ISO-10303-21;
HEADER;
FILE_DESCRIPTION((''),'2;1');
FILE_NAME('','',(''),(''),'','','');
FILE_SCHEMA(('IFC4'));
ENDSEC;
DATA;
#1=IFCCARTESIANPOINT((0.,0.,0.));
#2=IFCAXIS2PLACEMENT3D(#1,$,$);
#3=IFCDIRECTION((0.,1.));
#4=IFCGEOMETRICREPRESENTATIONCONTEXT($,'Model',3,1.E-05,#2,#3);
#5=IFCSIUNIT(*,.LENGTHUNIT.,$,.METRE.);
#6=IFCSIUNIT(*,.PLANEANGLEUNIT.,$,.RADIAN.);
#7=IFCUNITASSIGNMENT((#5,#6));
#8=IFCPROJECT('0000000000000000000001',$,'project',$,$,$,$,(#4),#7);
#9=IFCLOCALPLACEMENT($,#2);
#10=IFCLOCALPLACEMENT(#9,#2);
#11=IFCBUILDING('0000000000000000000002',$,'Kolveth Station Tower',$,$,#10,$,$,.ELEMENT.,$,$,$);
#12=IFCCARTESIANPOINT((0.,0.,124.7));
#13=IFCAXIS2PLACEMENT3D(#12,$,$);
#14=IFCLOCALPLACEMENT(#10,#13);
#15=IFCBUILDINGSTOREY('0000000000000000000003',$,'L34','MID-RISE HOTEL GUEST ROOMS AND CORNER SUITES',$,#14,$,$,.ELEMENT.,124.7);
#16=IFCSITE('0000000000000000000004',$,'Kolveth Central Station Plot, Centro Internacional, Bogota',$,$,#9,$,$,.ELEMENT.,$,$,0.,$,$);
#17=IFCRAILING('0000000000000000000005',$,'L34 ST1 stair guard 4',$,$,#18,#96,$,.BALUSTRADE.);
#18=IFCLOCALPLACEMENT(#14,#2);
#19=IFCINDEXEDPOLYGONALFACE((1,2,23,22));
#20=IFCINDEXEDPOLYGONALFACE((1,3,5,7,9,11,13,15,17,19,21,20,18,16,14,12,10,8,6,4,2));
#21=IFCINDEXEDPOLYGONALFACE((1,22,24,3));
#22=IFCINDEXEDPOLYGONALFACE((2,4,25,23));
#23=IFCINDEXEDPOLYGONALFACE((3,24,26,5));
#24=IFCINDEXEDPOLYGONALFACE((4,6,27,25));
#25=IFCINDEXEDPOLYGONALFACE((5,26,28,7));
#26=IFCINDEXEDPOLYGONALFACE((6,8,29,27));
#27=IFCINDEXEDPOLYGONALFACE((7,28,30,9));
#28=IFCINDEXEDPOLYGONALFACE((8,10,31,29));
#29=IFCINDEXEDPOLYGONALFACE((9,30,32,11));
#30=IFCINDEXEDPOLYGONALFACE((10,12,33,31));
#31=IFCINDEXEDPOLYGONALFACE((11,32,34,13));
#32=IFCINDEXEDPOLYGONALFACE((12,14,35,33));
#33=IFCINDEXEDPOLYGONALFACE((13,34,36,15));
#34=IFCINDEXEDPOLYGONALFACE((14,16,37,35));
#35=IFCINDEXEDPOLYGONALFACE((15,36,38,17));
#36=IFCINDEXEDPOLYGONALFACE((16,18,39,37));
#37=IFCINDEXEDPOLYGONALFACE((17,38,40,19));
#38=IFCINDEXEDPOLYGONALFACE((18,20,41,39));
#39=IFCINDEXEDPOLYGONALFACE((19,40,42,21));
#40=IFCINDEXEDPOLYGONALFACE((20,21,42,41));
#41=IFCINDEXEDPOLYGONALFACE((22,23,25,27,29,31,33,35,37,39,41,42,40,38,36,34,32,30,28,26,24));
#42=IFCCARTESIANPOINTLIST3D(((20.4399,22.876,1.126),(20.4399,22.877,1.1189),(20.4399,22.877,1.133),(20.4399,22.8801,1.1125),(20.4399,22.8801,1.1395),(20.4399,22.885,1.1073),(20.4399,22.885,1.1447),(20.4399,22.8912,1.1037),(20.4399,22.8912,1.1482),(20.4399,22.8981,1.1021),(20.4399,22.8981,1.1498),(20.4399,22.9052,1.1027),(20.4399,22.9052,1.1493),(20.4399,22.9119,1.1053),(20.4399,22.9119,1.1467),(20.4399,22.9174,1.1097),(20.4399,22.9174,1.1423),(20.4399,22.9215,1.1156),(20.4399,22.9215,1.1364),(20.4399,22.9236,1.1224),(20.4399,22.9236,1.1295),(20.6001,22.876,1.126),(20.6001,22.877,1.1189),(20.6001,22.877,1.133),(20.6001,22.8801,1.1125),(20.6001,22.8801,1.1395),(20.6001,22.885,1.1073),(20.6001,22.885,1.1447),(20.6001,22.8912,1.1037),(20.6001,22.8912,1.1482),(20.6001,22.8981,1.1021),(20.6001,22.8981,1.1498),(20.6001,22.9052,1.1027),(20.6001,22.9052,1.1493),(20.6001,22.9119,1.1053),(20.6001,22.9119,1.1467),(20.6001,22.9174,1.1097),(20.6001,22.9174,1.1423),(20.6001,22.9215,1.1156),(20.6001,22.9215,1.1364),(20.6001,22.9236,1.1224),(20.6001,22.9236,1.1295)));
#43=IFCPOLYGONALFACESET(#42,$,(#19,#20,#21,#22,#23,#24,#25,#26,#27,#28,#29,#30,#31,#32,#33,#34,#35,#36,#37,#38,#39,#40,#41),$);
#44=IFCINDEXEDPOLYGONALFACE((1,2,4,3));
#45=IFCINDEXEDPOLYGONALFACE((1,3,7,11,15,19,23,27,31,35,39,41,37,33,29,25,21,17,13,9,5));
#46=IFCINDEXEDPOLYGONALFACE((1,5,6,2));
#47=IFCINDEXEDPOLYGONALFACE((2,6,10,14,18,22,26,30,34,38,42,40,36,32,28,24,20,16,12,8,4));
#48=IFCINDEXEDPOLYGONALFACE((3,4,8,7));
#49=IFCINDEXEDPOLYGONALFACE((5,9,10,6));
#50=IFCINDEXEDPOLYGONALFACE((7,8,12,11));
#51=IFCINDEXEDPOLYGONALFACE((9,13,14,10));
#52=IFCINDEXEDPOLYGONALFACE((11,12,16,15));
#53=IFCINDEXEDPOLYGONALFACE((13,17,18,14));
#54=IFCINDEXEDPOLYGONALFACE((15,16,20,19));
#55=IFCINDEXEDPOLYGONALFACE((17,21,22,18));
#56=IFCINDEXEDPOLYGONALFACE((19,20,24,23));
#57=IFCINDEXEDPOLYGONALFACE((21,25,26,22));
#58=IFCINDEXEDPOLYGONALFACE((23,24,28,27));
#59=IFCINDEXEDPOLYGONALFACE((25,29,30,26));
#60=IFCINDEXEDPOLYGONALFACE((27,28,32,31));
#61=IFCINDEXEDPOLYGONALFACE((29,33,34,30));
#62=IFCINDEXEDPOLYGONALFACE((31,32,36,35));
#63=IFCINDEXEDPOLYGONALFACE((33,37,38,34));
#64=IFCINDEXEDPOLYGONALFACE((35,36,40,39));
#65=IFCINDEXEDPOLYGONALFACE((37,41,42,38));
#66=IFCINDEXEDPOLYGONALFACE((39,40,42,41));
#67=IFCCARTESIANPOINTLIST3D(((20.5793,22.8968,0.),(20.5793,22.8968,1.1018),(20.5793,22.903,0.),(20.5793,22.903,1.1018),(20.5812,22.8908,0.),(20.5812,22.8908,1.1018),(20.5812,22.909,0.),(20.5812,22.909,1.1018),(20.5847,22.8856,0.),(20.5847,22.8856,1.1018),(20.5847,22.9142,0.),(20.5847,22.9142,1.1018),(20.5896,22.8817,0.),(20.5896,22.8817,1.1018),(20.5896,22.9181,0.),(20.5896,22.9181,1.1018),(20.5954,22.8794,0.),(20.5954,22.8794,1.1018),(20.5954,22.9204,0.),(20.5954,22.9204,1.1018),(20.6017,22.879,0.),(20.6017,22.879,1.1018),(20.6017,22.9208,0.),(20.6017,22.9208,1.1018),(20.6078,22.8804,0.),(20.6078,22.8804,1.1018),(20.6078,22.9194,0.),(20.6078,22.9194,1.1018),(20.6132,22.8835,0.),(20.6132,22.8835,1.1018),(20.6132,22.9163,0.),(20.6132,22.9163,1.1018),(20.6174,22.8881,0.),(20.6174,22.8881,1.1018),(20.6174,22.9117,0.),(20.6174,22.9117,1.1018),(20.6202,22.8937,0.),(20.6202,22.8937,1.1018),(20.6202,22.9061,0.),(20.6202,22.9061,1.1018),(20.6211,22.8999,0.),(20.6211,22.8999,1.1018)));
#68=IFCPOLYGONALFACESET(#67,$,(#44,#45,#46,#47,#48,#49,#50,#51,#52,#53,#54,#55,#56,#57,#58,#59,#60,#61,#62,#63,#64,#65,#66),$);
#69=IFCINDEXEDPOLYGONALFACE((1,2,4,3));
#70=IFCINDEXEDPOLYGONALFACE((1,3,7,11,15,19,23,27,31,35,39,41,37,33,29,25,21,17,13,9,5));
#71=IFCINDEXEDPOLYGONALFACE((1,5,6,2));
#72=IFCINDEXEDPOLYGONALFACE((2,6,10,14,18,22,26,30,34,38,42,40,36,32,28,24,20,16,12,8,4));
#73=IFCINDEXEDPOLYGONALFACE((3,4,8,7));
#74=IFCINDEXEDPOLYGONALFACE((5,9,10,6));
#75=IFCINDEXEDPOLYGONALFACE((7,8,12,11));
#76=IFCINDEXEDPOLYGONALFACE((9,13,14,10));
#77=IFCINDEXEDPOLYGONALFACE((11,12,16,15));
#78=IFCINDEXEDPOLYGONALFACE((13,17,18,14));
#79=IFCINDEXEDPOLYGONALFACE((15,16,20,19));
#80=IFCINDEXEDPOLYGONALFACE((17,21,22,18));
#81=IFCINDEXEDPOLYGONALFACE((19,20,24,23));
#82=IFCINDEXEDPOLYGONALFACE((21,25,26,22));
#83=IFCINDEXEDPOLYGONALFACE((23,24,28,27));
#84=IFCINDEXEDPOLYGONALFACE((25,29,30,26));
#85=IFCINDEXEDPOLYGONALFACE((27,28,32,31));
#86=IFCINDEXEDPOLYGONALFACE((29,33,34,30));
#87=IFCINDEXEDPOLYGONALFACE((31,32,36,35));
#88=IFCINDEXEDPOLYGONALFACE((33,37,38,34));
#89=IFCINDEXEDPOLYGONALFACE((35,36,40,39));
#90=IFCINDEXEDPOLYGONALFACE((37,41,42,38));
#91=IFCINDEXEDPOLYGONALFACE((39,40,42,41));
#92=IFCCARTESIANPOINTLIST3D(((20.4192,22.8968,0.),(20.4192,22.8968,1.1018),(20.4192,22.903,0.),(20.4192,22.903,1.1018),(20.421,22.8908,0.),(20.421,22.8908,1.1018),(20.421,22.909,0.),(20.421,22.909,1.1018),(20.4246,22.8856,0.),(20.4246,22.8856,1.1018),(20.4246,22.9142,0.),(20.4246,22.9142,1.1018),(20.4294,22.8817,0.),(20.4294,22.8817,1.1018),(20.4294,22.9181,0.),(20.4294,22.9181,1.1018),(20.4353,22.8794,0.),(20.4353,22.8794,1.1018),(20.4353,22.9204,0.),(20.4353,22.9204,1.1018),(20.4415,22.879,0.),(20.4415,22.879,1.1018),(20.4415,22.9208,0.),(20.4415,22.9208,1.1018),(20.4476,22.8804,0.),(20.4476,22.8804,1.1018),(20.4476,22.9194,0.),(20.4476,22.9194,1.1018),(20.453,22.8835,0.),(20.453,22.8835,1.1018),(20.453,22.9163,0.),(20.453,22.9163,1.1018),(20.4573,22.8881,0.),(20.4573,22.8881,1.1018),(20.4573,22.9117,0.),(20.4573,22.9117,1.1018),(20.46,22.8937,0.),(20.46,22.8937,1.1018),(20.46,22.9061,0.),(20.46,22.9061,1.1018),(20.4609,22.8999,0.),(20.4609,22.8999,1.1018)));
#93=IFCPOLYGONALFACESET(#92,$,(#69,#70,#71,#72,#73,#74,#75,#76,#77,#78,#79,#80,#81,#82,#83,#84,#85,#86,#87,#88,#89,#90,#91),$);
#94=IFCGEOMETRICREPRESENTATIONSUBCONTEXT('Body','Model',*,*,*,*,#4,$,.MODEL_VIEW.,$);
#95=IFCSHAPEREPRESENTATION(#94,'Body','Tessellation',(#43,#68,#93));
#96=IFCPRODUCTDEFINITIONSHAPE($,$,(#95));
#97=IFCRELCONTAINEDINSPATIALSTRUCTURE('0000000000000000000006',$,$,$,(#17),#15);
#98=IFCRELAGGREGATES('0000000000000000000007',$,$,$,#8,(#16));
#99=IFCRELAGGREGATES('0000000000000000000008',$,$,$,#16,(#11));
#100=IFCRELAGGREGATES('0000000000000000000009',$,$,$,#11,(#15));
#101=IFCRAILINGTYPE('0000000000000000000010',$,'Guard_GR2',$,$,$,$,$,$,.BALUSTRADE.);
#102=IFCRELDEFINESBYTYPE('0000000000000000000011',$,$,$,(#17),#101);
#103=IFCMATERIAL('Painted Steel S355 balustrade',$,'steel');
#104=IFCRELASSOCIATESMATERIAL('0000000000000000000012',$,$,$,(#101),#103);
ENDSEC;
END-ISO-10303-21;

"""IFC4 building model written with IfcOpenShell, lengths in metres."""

from ifc_helpers import new_model, si_unit, direction, frame, origin, origin_2d, place, context, subcontext, project, spatial, circle, extrude, material, type_object, element, save


model = new_model("IFC4")

# Units and contexts
model_context = context("Model", 3, precision=1e-05, world=origin(), true_north=direction((0.0, 1.0)))
body_context = subcontext(model_context, "Body", "Model", "MODEL_VIEW")
ifc_project = project(units=[si_unit("LENGTHUNIT", "METRE"), si_unit("PLANEANGLEUNIT", "RADIAN")], contexts=[model_context])

# Site, building, storey
site_placement = place(None, origin())
site = spatial("IfcSite", under=ifc_project, at=site_placement, Name="Kolveth Central Station Plot, Centro Internacional, Bogota", CompositionType="ELEMENT", RefElevation=0.0)
building_placement = place(site_placement, origin())
building = spatial("IfcBuilding", under=site, at=building_placement, Name="Kolveth Station Tower", CompositionType="ELEMENT")
storey_placement = place(building_placement, frame((0.0, 0.0, 124.7)))
storey = spatial("IfcBuildingStorey", under=building, at=storey_placement, Name="L34", Description="MID-RISE HOTEL GUEST ROOMS AND CORNER SUITES", CompositionType="ELEMENT", Elevation=124.7)

# Railing
ifc_material_1 = material(Name="Painted Steel S355 balustrade", Category="steel")
railing_type_1 = type_object("IfcRailingType", Name="Guard_GR2", PredefinedType="BALUSTRADE", material=ifc_material_1)
railing_1_placement = place(storey_placement, frame((20.6001, 22.8999, 0.0)))
element("IfcRailing", 1, at=railing_1_placement, inside=storey, type_object=railing_type_1, Name="L34 ST1 stair guard 4", PredefinedType="BALUSTRADE", context=body_context, shape_type="SweptSolid", body=[
    extrude(circle(Radius=0.0239, at=origin_2d()), frame((0.0, 0.0, 1.126), z_axis=(-1.0, 0.0, 0.0), x_axis=(0.0, -1.0, 0.0)), (0.0, 0.0, 1.0), 0.1602),
    extrude(circle(Radius=0.021, at=origin_2d()), origin(), (0.0, 0.0, 1.0), 1.1018),
    extrude(circle(Radius=0.021, at=origin_2d()), frame((-0.1602, 0.0, 0.0)), (0.0, 0.0, 1.0), 1.1018),
])

save(model, "model.ifc")
